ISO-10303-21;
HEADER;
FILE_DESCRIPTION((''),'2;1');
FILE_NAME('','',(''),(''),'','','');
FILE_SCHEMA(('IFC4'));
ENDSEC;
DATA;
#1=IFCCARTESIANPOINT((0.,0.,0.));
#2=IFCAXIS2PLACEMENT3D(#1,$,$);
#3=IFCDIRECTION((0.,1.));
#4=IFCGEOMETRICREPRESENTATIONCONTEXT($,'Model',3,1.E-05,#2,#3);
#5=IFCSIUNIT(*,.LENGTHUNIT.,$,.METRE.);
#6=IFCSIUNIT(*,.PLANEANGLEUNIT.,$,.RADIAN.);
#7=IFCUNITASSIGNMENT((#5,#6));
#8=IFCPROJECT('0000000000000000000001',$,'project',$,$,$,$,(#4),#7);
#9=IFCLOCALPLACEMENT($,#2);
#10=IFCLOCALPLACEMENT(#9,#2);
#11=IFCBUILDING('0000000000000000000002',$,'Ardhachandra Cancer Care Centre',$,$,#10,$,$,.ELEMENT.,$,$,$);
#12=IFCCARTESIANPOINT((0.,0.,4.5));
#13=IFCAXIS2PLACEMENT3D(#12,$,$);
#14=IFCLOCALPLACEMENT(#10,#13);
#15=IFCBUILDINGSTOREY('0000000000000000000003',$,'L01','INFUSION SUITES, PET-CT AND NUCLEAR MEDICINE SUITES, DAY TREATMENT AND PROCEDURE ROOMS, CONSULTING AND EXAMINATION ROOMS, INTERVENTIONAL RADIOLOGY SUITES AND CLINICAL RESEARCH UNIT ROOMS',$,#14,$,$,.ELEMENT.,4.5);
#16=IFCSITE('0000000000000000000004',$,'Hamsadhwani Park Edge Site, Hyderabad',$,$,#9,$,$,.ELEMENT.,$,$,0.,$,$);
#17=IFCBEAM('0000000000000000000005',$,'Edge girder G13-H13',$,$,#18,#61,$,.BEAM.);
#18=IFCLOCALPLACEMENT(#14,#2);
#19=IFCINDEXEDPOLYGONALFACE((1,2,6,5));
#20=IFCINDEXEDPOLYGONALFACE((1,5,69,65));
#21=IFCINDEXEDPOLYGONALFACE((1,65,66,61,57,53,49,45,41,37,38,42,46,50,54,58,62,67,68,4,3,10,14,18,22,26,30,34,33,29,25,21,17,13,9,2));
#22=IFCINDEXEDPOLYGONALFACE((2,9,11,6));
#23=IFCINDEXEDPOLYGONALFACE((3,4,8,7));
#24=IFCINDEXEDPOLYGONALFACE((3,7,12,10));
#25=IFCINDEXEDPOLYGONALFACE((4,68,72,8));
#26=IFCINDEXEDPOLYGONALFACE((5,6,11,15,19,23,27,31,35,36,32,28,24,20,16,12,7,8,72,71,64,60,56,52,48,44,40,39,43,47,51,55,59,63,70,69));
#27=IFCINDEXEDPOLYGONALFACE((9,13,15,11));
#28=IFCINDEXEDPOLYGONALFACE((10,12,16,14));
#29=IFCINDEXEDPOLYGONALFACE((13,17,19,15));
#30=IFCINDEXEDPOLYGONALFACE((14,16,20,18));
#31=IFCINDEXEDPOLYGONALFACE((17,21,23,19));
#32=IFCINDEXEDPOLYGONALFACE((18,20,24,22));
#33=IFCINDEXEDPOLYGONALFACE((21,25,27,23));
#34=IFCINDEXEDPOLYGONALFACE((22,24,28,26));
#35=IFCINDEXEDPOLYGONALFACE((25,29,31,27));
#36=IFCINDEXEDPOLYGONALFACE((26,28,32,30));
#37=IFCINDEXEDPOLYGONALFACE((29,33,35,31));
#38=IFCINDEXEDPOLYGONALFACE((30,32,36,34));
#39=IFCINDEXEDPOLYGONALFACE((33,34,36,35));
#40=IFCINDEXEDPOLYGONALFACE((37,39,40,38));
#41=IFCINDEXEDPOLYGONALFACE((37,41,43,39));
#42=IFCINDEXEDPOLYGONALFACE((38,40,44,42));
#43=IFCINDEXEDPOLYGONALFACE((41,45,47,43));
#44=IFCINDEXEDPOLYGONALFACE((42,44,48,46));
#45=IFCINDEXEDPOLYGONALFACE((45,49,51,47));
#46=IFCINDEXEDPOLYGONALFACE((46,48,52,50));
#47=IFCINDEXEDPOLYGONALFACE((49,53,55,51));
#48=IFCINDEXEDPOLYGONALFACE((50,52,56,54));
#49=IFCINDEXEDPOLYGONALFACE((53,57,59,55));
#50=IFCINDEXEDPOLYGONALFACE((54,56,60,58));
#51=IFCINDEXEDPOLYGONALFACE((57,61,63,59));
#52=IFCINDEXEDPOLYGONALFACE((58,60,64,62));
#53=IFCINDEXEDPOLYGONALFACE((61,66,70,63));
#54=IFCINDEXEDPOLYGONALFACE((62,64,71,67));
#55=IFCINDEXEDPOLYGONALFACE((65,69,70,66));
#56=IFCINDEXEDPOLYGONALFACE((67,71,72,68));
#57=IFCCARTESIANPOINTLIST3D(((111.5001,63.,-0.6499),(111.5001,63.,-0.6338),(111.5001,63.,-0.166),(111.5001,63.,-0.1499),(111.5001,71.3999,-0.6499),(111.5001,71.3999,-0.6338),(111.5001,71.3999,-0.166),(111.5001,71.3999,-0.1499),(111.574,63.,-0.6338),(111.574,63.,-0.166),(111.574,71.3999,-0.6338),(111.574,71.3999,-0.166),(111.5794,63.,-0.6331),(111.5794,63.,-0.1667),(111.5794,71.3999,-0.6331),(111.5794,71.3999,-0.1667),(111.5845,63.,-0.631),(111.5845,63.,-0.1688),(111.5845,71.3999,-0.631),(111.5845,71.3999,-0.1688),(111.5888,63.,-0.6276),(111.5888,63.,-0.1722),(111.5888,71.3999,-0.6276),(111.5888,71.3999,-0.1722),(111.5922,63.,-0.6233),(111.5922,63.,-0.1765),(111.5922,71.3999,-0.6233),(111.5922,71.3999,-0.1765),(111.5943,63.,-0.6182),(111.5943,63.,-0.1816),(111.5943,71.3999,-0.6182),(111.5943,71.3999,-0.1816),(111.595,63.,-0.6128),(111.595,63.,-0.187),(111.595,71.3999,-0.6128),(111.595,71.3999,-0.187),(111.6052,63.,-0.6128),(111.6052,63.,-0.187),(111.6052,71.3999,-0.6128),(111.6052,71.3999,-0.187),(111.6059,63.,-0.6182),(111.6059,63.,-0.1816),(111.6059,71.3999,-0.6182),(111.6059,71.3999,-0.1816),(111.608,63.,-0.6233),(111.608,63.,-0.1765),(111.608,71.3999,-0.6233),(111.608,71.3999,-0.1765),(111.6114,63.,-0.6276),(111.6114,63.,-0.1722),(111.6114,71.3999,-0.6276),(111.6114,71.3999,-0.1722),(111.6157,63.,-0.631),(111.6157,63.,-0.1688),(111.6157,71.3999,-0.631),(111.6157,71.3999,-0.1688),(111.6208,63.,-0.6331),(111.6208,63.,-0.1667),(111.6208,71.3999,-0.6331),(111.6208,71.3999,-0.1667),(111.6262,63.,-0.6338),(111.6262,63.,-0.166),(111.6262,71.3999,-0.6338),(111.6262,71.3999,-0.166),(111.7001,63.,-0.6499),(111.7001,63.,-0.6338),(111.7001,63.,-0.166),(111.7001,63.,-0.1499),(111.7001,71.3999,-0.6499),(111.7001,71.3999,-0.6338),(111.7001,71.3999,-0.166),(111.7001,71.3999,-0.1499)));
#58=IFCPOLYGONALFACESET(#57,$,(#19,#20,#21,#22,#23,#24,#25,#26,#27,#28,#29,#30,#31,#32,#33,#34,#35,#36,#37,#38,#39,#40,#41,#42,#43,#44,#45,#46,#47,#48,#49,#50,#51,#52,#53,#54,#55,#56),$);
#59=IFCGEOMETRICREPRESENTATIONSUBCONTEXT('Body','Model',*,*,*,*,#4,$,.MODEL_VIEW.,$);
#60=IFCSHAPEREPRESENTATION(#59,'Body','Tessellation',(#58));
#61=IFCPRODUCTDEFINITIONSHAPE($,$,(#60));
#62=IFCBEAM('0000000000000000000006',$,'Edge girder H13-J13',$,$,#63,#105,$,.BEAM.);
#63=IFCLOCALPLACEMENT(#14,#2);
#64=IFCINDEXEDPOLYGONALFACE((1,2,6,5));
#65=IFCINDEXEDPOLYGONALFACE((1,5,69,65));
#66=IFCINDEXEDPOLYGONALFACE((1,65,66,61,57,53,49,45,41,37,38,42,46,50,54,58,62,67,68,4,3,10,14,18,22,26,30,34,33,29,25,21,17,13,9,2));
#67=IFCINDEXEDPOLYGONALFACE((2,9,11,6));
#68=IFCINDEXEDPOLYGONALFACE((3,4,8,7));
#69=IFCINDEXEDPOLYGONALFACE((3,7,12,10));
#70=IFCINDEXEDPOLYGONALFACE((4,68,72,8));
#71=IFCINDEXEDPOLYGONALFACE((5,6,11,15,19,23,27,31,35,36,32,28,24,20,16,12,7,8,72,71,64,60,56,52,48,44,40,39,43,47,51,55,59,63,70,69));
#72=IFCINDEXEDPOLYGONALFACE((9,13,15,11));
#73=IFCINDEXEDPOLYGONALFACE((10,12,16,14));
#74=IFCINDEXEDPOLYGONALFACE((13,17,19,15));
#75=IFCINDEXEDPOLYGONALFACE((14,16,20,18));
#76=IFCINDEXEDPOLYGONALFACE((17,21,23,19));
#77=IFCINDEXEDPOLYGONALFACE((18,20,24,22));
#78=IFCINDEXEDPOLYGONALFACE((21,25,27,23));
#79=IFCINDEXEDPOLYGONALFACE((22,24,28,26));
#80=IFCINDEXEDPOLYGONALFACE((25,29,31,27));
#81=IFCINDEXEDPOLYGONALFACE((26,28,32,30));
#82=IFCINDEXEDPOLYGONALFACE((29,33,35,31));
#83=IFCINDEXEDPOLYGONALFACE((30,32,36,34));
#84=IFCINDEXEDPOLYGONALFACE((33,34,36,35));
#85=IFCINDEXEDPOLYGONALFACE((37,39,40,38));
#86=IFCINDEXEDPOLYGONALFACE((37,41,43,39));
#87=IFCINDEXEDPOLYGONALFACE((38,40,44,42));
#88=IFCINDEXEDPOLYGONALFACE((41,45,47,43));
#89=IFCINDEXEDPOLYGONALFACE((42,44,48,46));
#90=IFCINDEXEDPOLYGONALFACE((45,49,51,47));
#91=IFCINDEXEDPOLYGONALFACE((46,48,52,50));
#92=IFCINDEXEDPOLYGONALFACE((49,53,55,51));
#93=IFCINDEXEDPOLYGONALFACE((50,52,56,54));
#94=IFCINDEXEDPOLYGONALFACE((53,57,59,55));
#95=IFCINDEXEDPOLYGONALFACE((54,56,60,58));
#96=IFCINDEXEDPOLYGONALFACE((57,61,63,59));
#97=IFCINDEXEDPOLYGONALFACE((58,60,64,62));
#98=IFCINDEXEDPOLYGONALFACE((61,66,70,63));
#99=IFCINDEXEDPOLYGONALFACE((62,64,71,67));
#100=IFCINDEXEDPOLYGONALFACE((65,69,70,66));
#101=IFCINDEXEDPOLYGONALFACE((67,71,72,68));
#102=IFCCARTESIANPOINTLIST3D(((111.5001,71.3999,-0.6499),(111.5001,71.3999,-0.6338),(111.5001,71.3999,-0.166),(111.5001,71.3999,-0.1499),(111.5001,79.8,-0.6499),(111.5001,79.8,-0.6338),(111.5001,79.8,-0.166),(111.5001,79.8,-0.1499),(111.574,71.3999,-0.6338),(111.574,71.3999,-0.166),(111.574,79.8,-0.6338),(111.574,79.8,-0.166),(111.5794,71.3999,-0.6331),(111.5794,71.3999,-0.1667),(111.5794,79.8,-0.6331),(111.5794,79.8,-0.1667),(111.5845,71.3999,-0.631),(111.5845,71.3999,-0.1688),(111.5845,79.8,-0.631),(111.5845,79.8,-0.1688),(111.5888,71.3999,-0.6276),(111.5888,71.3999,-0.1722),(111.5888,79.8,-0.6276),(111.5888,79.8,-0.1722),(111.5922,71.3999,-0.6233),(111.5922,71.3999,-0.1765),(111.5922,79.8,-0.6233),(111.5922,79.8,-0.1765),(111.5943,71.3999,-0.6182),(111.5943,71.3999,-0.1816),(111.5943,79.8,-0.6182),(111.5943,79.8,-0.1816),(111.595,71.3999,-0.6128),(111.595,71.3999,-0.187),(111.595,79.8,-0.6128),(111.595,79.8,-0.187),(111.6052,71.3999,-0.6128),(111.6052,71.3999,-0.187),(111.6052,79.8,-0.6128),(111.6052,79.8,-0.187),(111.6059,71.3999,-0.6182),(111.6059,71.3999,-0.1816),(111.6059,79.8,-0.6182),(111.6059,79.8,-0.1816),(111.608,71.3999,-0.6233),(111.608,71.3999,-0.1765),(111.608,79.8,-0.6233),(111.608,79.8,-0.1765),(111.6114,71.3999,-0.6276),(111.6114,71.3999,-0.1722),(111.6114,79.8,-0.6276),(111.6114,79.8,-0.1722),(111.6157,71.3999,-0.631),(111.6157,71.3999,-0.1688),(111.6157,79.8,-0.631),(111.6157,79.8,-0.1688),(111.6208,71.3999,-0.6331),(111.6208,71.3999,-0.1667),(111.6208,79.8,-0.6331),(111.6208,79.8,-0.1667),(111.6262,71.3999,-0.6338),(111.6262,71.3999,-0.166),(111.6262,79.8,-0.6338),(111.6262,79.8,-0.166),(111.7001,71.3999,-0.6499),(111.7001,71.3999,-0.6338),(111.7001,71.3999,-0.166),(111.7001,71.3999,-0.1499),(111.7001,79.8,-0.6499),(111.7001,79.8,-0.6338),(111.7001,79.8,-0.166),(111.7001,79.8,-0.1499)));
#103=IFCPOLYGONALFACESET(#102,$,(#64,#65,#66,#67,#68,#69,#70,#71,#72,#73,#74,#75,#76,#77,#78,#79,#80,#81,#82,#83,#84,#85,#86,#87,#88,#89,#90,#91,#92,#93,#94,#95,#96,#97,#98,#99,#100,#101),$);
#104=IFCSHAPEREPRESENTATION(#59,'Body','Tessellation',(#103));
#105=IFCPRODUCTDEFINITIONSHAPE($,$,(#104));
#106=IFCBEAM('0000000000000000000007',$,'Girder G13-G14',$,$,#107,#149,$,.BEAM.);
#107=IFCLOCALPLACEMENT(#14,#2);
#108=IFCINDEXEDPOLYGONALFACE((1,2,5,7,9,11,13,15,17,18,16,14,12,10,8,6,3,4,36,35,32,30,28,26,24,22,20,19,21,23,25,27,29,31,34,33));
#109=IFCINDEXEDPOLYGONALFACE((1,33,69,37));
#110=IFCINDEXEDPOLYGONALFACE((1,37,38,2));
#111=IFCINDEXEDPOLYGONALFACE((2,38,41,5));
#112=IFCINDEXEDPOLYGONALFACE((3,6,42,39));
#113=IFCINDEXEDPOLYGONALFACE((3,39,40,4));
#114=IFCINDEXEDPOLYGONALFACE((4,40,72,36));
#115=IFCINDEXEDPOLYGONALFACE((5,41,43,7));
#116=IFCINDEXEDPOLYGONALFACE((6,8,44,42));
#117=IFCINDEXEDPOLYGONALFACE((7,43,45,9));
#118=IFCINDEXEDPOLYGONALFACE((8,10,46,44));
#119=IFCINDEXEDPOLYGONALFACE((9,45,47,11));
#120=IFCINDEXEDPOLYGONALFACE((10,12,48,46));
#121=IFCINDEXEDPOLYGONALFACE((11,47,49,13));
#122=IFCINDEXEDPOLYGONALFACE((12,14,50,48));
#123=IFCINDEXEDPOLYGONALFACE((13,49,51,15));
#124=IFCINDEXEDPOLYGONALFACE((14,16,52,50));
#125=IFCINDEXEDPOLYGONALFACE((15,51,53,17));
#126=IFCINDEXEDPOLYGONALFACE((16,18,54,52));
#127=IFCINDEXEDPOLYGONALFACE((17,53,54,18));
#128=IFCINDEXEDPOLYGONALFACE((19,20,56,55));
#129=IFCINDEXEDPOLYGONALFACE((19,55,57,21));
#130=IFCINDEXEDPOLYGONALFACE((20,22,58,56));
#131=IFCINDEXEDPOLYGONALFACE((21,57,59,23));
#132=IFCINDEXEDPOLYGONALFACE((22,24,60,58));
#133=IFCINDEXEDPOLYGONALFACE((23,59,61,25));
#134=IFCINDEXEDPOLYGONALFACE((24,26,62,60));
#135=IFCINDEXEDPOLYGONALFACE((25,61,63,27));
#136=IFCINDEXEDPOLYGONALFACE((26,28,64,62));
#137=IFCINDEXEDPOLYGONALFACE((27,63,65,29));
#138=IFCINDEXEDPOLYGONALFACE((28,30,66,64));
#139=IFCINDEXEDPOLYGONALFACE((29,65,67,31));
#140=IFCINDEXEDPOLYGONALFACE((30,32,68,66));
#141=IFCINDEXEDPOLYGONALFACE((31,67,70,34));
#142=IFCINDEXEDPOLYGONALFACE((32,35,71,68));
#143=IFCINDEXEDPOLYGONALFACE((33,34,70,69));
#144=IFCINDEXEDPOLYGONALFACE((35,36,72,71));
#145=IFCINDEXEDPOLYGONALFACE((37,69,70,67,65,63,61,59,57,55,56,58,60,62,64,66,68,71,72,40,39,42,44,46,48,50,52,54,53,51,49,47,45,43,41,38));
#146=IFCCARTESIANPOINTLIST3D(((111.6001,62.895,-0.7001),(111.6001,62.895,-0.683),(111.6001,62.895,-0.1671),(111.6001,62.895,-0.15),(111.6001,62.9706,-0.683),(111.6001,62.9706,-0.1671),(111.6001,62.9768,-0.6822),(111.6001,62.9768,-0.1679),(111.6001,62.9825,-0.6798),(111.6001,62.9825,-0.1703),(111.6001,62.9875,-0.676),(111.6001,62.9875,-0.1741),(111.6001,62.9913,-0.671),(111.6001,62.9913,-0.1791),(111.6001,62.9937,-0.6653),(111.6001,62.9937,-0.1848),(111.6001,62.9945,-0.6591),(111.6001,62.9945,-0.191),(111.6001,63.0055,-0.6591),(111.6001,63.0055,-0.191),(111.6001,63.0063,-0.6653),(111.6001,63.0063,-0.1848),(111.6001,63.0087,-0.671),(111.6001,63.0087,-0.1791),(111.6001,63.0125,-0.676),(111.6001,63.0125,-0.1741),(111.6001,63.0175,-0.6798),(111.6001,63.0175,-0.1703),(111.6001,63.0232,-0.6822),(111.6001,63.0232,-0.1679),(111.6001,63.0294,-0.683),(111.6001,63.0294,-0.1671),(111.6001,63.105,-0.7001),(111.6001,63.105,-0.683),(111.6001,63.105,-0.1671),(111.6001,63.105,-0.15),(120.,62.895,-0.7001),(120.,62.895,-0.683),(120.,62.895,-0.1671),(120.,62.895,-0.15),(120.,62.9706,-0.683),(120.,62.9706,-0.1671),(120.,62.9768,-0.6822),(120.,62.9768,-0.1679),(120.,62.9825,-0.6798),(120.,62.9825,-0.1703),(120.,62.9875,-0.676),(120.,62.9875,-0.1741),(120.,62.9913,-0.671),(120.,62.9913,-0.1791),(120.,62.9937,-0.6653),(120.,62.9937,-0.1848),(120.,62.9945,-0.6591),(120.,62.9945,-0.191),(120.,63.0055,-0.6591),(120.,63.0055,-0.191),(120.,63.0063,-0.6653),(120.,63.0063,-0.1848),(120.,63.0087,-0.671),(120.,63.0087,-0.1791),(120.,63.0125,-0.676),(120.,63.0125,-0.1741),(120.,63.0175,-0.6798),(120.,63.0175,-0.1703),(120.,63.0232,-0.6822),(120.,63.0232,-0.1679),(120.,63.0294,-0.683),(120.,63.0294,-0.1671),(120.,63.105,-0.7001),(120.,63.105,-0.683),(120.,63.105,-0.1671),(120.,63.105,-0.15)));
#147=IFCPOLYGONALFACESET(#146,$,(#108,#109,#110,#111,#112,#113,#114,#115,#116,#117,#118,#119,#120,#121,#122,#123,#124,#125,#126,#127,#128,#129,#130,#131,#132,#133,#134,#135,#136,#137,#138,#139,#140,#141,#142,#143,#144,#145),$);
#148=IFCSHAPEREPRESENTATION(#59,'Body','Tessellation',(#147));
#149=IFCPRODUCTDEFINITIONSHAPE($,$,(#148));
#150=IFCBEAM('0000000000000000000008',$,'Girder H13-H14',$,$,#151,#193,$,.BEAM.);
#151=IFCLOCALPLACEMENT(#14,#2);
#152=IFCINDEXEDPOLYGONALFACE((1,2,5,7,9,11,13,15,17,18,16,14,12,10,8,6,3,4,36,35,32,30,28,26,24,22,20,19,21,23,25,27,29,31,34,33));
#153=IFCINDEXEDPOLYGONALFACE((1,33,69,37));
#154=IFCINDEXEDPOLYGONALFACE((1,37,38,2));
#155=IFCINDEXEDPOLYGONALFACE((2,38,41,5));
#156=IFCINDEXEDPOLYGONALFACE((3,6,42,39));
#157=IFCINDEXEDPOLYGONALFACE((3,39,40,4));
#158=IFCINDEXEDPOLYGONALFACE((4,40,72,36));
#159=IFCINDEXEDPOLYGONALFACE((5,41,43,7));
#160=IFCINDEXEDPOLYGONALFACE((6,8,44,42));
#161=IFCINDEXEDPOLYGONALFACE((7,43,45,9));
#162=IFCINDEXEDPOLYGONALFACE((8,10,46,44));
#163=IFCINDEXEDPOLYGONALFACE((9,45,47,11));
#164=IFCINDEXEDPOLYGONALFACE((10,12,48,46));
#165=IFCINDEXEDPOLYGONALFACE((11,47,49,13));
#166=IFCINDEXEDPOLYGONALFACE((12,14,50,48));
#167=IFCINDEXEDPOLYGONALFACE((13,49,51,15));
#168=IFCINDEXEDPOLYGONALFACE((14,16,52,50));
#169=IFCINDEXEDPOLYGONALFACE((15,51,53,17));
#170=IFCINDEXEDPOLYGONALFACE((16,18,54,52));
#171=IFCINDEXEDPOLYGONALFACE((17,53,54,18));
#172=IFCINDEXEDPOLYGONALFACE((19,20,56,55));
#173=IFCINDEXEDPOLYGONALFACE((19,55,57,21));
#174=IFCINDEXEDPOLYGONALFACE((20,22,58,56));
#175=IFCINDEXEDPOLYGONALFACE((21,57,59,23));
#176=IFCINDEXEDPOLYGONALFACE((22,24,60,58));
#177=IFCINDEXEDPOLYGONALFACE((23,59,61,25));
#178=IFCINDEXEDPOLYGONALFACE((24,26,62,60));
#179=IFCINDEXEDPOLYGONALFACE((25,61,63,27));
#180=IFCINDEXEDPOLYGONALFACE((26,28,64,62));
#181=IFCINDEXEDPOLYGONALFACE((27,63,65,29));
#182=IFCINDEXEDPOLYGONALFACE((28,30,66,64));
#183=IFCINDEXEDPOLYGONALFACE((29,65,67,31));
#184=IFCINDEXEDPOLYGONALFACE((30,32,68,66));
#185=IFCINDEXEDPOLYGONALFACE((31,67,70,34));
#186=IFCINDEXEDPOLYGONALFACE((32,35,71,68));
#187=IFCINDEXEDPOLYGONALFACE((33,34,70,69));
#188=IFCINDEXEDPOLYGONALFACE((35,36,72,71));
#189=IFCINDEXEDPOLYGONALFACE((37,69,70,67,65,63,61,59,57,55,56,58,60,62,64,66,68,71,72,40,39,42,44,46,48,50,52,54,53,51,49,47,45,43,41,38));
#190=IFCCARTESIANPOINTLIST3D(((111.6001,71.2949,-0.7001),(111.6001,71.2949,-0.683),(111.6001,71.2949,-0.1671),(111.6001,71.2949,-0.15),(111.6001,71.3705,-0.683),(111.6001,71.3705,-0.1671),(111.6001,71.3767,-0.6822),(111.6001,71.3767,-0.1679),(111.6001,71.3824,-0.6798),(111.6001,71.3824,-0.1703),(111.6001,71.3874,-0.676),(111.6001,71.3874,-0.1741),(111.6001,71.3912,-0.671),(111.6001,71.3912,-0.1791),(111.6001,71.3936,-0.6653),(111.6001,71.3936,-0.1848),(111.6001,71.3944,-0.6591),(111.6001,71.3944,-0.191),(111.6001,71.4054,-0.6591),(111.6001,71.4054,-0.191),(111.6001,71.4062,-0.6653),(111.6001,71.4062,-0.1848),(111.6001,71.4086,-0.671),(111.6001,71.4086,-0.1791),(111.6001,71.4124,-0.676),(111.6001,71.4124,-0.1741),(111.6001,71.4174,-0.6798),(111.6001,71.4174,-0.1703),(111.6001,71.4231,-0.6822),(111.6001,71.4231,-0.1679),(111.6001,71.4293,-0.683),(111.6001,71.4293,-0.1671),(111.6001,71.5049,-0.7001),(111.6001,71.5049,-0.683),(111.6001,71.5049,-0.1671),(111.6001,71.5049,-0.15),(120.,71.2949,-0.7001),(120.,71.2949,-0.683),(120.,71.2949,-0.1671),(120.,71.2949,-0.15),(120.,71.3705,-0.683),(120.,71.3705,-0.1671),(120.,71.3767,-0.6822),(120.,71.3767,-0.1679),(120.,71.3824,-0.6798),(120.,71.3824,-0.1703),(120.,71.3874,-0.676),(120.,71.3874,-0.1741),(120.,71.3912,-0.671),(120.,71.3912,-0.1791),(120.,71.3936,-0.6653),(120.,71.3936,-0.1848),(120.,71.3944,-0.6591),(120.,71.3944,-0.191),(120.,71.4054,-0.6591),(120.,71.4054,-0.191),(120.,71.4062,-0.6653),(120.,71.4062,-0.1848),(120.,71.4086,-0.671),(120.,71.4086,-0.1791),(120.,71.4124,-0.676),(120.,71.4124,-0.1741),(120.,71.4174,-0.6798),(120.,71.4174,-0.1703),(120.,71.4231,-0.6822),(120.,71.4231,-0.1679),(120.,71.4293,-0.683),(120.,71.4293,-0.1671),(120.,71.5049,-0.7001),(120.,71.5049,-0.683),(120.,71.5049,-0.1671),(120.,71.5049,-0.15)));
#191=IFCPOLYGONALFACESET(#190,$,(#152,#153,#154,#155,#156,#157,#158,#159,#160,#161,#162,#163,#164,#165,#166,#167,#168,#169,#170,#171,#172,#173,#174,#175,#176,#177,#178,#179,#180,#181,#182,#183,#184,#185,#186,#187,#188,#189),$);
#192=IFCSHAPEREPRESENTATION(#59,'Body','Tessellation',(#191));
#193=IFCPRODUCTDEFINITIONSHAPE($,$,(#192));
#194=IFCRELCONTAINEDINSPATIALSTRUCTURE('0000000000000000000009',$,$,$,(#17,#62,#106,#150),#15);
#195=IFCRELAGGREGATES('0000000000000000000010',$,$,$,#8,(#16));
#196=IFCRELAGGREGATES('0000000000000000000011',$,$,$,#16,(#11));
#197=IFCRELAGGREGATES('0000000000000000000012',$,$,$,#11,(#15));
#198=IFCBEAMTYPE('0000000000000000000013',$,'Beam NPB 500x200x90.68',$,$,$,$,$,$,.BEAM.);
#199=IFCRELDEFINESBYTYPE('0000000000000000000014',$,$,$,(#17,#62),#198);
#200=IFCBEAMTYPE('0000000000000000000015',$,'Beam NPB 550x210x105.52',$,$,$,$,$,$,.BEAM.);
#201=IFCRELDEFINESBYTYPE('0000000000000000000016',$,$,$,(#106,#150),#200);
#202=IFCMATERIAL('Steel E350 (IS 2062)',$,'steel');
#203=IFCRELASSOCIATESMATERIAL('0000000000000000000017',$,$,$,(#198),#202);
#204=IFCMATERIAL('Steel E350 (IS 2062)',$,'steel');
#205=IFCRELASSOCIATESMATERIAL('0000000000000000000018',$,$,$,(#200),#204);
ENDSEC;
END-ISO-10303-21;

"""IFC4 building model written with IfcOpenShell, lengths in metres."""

from ifc_helpers import new_model, si_unit, direction, frame, origin, origin_2d, place, context, subcontext, project, spatial, i_section, extrude, material, material_profile, profile_set, type_object, element, save


model = new_model("IFC4")

# Units and contexts
model_context = context("Model", 3, precision=1e-05, world=origin(), true_north=direction((0.0, 1.0)))
body_context = subcontext(model_context, "Body", "Model", "MODEL_VIEW")
ifc_project = project(units=[si_unit("LENGTHUNIT", "METRE"), si_unit("PLANEANGLEUNIT", "RADIAN")], contexts=[model_context])

# Site, building, storey
site_placement = place(None, origin())
site = spatial("IfcSite", under=ifc_project, at=site_placement, Name="Hamsadhwani Park Edge Site, Hyderabad", CompositionType="ELEMENT", RefElevation=0.0)
building_placement = place(site_placement, origin())
building = spatial("IfcBuilding", under=site, at=building_placement, Name="Ardhachandra Cancer Care Centre", CompositionType="ELEMENT")
storey_placement = place(building_placement, frame((0.0, 0.0, 4.5)))
storey = spatial("IfcBuildingStorey", under=building, at=storey_placement, Name="L01", Description="INFUSION SUITES, PET-CT AND NUCLEAR MEDICINE SUITES, DAY TREATMENT AND PROCEDURE ROOMS, CONSULTING AND EXAMINATION ROOMS, INTERVENTIONAL RADIOLOGY SUITES AND CLINICAL RESEARCH UNIT ROOMS", CompositionType="ELEMENT", Elevation=4.5)

# Beams
ifc_material_1 = material(Name="Steel E350 (IS 2062)", Category="steel")
ifc_material_profile_1 = material_profile(ifc_material_1, i_section(OverallWidth=0.2, OverallDepth=0.5, WebThickness=0.0103, FlangeThickness=0.0161, FilletRadius=0.021, at=origin_2d()), Name="NPB 500x200x90.68")
ifc_profile_set_1 = profile_set([ifc_material_profile_1], Name="Steel E350 (IS 2062)")
beam_type_1 = type_object("IfcBeamType", Name="Beam NPB 500x200x90.68", PredefinedType="BEAM", material=ifc_profile_set_1)
beam_1_placement = place(storey_placement, frame((111.6001, 63.0, -0.3999), z_axis=(0.0, 1.0, 0.0), x_axis=(-1.0, 0.0, 0.0)))
element("IfcBeam", 1, at=beam_1_placement, inside=storey, type_object=beam_type_1, Name="Edge girder G13-H13", PredefinedType="BEAM", context=body_context, shape_type="SweptSolid", body=[
    extrude(i_section(OverallWidth=0.2, OverallDepth=0.5, WebThickness=0.0103, FlangeThickness=0.0161, FilletRadius=0.021, at=origin_2d()), origin(), (0.0, 0.0, 1.0), 8.3999),
])
beam_2_placement = place(storey_placement, frame((111.6001, 71.3999, -0.3999), z_axis=(0.0, 1.0, 0.0), x_axis=(-1.0, 0.0, 0.0)))
element("IfcBeam", 2, at=beam_2_placement, inside=storey, type_object=beam_type_1, Name="Edge girder H13-J13", PredefinedType="BEAM", context=body_context, shape_type="SweptSolid", body=[
    extrude(i_section(OverallWidth=0.2, OverallDepth=0.5, WebThickness=0.0103, FlangeThickness=0.0161, FilletRadius=0.021, at=origin_2d()), origin(), (0.0, 0.0, 1.0), 8.4001),
])
ifc_material_2 = material(Name="Steel E350 (IS 2062)", Category="steel")
ifc_material_profile_2 = material_profile(ifc_material_2, i_section(OverallWidth=0.21, OverallDepth=0.55, WebThickness=0.011, FlangeThickness=0.0171, FilletRadius=0.0239, at=origin_2d()), Name="NPB 550x210x105.52")
ifc_profile_set_2 = profile_set([ifc_material_profile_2], Name="Steel E350 (IS 2062)")
beam_type_2 = type_object("IfcBeamType", Name="Beam NPB 550x210x105.52", PredefinedType="BEAM", material=ifc_profile_set_2)
for number, where, z_axis, x_axis, name in (
    (3, (111.6001, 63.0, -0.425), (1.0, 0.0, 0.0), (0.0, 1.0, 0.0), "Girder G13-G14"),
    (4, (111.6001, 71.3999, -0.425), (1.0, 0.0, 0.0), (0.0, 1.0, 0.0), "Girder H13-H14"),
):
    element("IfcBeam", number, at=place(storey_placement, frame(where, z_axis=z_axis, x_axis=x_axis)), inside=storey, type_object=beam_type_2, Name=name, PredefinedType="BEAM", context=body_context, shape_type="SweptSolid", body=[
        extrude(i_section(OverallWidth=0.21, OverallDepth=0.55, WebThickness=0.011, FlangeThickness=0.0171, FilletRadius=0.0239, at=origin_2d()), origin(), (0.0, 0.0, 1.0), 8.3999),
    ])

save(model, "model.ifc")
